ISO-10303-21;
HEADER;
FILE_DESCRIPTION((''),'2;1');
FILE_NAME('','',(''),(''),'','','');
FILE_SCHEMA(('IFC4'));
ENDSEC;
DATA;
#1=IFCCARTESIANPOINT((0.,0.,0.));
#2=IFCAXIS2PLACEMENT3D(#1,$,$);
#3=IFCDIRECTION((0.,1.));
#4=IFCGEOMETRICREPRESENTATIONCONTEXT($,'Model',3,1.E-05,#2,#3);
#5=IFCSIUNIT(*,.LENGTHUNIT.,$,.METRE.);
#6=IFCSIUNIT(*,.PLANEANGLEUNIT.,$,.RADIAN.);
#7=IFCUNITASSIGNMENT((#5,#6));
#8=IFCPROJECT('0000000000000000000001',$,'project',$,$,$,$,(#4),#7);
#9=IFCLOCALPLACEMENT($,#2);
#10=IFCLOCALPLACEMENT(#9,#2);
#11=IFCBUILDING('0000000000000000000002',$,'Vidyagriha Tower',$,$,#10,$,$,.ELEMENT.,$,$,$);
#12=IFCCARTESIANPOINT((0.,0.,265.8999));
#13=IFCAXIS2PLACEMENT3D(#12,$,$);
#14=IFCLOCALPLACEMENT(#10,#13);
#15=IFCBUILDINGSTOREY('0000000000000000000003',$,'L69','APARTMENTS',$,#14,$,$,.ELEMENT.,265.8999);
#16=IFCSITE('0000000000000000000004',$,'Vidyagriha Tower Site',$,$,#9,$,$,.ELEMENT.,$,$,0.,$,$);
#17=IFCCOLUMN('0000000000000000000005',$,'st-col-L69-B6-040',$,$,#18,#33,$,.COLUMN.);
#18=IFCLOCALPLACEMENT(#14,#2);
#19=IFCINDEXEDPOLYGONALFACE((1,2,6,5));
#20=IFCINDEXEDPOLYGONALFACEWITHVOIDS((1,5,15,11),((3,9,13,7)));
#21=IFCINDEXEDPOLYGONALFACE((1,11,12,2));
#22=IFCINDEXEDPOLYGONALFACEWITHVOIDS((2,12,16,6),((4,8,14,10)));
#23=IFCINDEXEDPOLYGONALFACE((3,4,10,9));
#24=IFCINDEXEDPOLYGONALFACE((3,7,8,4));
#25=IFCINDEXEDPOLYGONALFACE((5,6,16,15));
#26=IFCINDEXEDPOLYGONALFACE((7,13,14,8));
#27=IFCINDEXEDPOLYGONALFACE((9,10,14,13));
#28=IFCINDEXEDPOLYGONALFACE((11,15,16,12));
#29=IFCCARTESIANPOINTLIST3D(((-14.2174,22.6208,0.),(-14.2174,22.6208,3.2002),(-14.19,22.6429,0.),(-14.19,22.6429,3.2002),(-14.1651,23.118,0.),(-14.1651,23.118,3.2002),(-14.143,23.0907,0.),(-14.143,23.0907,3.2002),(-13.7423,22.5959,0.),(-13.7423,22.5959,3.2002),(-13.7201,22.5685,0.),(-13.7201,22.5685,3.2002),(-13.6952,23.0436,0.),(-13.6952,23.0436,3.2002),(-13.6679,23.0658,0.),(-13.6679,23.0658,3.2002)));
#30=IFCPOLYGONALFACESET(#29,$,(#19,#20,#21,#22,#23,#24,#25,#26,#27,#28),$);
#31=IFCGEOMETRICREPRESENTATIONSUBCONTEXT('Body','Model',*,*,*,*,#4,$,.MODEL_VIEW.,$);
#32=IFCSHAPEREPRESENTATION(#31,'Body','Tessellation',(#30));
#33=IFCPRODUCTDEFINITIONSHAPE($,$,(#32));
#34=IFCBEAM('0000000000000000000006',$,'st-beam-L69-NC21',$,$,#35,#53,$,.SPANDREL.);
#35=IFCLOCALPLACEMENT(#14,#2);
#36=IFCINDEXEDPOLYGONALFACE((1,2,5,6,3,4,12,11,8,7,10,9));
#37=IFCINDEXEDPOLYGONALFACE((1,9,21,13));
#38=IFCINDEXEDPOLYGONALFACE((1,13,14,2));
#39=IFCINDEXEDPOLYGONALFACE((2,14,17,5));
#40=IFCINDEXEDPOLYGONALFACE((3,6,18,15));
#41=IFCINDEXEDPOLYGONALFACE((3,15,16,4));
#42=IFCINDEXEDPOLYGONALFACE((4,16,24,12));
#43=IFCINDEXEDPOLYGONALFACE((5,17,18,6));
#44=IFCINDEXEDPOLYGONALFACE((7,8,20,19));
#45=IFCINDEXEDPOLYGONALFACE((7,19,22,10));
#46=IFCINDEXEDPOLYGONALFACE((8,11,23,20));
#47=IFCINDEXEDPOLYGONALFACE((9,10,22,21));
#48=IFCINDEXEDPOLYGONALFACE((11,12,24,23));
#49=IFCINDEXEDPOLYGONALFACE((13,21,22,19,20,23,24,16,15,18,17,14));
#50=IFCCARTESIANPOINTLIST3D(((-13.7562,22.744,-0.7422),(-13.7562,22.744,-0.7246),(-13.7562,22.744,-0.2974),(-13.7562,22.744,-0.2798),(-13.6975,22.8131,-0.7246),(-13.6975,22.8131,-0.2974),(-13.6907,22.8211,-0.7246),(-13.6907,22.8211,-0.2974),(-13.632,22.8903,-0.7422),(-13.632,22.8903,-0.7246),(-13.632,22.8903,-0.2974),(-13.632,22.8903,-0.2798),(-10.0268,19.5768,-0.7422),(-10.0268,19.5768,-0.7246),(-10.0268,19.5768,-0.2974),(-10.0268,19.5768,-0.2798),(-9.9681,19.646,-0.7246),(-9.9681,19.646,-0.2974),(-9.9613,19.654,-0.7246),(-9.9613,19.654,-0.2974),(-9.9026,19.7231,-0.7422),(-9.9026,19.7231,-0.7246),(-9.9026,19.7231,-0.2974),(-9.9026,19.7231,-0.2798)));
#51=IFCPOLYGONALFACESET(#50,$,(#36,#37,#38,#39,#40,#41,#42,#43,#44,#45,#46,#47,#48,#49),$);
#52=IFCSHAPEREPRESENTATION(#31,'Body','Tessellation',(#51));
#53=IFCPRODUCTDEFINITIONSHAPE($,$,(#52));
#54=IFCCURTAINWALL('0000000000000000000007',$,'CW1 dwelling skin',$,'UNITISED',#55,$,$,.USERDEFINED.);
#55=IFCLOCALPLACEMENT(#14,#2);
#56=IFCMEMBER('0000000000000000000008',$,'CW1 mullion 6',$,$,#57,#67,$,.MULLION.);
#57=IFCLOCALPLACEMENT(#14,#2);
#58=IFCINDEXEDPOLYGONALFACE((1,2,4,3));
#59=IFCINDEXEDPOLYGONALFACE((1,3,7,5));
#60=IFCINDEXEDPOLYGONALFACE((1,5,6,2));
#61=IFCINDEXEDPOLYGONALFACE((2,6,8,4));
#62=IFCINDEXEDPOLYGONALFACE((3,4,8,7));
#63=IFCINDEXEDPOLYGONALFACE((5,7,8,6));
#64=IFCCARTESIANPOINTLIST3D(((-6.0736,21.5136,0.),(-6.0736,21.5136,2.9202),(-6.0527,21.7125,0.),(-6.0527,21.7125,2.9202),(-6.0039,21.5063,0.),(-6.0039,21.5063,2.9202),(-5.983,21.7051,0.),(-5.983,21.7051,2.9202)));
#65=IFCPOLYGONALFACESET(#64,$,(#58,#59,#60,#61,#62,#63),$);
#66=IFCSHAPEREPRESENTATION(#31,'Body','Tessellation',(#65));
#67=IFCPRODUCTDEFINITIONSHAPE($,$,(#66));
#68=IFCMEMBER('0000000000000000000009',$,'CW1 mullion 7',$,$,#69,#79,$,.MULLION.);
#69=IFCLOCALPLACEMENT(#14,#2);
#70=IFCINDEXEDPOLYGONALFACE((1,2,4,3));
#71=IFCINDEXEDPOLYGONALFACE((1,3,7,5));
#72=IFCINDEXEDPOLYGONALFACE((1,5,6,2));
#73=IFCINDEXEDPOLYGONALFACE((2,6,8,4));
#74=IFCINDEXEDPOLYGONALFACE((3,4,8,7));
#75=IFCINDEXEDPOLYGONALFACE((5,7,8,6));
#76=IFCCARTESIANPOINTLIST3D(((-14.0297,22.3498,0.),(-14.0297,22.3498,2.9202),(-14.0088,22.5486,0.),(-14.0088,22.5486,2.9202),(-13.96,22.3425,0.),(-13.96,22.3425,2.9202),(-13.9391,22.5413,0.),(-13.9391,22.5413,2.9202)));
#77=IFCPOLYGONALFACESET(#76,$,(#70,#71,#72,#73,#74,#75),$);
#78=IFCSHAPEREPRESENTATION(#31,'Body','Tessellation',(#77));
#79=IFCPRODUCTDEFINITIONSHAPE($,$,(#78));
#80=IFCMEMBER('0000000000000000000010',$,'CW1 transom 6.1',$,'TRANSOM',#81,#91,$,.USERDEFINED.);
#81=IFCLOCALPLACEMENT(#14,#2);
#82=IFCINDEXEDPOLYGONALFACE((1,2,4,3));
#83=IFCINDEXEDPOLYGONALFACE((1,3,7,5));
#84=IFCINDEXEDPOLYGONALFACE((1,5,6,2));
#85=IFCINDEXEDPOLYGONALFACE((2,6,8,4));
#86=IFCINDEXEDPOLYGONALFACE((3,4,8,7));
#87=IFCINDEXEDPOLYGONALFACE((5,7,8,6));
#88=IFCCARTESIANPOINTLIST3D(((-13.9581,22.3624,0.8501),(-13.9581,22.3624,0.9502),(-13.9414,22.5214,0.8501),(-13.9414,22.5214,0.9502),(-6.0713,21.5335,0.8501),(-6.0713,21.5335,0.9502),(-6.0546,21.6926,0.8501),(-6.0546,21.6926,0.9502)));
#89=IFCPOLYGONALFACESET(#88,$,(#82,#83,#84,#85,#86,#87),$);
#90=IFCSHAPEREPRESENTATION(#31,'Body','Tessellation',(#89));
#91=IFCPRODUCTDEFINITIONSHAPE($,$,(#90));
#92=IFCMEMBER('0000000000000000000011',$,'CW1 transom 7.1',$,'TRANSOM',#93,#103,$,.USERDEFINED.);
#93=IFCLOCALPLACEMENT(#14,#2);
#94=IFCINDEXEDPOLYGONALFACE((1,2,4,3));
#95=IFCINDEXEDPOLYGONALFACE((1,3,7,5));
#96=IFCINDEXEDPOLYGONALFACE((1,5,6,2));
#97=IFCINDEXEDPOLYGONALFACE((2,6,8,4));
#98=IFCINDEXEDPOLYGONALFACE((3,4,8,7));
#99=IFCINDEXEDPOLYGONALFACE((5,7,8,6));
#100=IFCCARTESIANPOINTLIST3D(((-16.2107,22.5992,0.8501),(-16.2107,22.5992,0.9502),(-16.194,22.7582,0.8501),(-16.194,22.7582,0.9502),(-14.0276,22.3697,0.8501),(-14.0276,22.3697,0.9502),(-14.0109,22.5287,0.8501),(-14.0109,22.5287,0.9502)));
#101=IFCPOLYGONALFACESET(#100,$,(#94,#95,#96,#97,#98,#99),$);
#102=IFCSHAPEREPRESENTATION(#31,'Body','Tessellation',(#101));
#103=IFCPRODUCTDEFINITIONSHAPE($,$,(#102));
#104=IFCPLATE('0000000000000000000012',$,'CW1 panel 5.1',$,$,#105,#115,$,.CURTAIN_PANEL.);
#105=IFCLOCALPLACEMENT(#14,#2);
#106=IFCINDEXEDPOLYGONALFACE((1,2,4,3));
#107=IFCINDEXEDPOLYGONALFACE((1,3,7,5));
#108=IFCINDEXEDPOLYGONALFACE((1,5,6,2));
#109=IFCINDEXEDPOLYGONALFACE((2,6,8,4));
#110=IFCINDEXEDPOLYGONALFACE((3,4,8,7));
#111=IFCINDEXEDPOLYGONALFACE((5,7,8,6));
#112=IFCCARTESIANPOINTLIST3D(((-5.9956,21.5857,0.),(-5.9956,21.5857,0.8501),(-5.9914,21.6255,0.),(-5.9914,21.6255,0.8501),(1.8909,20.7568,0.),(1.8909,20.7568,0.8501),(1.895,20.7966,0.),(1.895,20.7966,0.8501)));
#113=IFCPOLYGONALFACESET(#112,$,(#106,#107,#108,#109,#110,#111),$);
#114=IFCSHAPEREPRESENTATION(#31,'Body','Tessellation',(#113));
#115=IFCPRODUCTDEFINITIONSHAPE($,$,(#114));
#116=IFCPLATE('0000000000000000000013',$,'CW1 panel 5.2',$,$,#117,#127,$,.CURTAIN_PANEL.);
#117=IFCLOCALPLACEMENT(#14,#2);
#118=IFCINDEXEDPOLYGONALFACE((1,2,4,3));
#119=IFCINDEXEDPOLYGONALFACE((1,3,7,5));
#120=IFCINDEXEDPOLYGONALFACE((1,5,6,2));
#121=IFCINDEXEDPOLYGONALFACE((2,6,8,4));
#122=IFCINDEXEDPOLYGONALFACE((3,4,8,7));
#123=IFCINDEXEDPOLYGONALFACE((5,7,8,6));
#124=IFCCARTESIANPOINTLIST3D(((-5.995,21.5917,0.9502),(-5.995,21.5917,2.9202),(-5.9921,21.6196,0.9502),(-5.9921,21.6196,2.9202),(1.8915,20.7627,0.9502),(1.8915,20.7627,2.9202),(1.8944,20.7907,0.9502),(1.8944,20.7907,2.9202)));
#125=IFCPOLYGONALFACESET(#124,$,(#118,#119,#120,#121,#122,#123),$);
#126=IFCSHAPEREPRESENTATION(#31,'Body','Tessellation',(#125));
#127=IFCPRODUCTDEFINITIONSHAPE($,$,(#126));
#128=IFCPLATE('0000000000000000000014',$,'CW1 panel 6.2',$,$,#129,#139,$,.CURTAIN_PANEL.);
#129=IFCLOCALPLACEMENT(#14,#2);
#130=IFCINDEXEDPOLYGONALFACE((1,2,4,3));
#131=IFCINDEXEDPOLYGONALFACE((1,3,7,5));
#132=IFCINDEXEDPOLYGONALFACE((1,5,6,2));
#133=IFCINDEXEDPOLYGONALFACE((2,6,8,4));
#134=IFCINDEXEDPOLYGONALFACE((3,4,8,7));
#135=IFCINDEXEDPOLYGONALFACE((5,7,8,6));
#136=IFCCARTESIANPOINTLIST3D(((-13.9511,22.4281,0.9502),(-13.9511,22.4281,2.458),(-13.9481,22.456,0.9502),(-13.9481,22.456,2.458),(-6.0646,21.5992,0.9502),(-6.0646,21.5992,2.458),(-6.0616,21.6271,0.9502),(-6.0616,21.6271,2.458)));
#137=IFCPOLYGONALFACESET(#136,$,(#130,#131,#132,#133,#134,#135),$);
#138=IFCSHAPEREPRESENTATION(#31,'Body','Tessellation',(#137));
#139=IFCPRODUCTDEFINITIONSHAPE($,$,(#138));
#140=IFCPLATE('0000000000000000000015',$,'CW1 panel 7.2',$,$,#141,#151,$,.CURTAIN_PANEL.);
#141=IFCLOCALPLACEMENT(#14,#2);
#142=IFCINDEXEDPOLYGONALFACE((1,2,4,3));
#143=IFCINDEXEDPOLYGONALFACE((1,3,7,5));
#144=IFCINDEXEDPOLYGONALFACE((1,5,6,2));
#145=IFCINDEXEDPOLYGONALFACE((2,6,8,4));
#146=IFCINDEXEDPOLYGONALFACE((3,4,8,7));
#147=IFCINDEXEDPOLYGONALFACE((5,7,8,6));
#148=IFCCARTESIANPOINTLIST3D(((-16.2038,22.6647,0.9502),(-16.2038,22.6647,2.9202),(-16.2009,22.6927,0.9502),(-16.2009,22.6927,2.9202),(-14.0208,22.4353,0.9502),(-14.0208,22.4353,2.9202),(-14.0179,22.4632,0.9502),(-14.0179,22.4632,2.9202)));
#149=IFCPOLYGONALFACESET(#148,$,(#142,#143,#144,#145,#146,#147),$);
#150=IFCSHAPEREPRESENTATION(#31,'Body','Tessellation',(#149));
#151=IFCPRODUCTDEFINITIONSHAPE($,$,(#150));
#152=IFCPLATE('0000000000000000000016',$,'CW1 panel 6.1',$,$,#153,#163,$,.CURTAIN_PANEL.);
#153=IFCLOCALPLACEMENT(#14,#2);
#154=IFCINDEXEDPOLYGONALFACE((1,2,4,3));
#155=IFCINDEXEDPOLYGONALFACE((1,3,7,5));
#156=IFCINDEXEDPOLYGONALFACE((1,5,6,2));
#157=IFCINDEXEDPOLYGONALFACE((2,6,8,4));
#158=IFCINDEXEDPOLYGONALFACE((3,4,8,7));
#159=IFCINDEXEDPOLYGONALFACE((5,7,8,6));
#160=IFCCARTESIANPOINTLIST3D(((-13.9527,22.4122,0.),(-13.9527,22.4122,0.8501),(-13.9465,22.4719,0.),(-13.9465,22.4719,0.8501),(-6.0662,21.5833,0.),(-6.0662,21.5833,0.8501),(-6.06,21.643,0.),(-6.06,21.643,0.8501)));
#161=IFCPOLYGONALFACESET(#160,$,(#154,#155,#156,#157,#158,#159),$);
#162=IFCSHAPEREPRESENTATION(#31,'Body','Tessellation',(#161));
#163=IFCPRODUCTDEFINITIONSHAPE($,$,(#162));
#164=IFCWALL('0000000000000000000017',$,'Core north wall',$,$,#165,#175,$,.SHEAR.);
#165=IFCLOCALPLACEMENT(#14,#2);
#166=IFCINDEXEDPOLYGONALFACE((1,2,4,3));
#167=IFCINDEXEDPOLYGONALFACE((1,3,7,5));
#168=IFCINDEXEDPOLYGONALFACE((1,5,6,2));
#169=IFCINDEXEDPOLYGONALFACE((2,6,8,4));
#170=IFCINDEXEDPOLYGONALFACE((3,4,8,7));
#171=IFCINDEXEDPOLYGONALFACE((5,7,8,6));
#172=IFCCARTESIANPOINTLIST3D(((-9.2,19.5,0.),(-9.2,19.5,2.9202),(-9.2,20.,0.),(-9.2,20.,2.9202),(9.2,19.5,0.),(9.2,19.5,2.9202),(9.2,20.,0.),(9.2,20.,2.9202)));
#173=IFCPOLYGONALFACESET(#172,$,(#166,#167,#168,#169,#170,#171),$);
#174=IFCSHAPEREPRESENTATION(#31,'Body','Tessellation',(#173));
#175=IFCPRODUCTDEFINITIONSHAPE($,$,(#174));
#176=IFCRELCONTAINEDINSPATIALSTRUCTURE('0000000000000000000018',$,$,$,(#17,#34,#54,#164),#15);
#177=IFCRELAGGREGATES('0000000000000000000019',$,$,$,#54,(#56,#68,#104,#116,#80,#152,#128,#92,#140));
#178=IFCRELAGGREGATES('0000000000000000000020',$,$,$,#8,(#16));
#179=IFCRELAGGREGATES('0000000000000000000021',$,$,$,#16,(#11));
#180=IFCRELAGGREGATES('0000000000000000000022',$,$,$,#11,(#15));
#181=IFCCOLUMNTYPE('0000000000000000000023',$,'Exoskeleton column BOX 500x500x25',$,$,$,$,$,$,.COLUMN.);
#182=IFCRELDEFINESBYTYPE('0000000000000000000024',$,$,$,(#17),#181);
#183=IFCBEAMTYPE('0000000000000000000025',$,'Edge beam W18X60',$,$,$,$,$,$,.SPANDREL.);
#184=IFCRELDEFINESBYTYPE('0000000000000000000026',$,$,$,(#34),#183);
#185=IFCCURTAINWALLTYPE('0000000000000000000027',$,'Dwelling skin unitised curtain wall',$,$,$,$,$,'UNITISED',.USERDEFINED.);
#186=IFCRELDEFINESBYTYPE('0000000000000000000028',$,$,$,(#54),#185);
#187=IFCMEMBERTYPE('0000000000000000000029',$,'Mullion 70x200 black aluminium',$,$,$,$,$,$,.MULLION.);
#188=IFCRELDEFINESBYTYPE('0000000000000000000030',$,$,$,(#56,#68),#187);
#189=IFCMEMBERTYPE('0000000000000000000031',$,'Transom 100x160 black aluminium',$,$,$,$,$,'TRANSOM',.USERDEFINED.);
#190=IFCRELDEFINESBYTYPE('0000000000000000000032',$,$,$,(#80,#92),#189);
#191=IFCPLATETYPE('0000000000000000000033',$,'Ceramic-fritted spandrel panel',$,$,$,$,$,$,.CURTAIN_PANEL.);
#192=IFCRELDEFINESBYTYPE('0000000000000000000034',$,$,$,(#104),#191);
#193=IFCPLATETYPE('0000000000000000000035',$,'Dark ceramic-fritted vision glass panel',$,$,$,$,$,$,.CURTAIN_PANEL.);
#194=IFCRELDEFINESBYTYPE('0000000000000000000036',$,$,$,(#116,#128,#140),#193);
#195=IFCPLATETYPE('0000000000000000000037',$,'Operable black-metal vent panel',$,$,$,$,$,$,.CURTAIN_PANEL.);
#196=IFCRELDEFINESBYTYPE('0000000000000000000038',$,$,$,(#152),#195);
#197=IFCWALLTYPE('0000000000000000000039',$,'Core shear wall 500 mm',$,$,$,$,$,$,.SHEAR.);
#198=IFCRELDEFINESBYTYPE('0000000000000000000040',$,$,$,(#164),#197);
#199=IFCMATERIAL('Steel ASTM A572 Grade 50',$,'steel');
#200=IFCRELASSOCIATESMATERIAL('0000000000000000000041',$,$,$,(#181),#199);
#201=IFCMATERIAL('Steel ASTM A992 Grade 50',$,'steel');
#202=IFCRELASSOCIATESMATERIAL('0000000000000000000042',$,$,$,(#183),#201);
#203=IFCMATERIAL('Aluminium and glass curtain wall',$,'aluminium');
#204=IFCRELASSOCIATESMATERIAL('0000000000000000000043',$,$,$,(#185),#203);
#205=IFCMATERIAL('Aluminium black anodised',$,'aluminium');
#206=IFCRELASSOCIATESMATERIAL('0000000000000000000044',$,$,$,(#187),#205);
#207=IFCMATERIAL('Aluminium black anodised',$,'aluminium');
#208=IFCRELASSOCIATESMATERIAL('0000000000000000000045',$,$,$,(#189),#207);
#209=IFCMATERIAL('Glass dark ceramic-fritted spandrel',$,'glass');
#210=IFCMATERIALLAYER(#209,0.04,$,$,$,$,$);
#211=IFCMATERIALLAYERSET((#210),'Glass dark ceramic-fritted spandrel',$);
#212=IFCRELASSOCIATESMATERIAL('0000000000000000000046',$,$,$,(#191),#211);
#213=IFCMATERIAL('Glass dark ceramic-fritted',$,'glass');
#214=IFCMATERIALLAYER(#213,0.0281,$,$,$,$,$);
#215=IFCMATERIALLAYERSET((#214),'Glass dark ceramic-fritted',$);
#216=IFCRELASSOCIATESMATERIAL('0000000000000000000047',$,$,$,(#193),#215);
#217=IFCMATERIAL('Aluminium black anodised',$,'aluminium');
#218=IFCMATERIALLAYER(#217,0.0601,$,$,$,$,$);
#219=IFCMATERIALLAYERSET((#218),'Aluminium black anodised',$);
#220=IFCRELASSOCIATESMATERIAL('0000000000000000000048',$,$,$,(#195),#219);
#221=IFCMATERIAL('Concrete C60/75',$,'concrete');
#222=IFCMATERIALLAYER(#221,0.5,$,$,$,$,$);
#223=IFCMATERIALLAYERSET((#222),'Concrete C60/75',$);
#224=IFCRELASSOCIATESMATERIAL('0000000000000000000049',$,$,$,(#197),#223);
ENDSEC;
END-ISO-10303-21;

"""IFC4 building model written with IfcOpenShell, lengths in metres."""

from ifc_helpers import new_model, si_unit, direction, frame, frame_2d, origin, origin_2d, place, context, subcontext, project, spatial, rectangle, hollow_rectangle, i_section, extrude, material, layer, layer_set, material_profile, profile_set, type_object, element, aggregate, save


model = new_model("IFC4")

# Units and contexts
model_context = context("Model", 3, precision=1e-05, world=origin(), true_north=direction((0.0, 1.0)))
body_context = subcontext(model_context, "Body", "Model", "MODEL_VIEW")
ifc_project = project(units=[si_unit("LENGTHUNIT", "METRE"), si_unit("PLANEANGLEUNIT", "RADIAN")], contexts=[model_context])

# Site, building, storey
site_placement = place(None, origin())
site = spatial("IfcSite", under=ifc_project, at=site_placement, Name="Vidyagriha Tower Site", CompositionType="ELEMENT", RefElevation=0.0)
building_placement = place(site_placement, origin())
building = spatial("IfcBuilding", under=site, at=building_placement, Name="Vidyagriha Tower", CompositionType="ELEMENT")
storey_placement = place(building_placement, frame((0.0, 0.0, 265.8999)))
storey = spatial("IfcBuildingStorey", under=building, at=storey_placement, Name="L69", Description="APARTMENTS", CompositionType="ELEMENT", Elevation=265.8999)

# Column
ifc_material_1 = material(Name="Steel ASTM A572 Grade 50", Category="steel")
ifc_material_profile_1 = material_profile(ifc_material_1, hollow_rectangle(XDim=0.5, YDim=0.5, WallThickness=0.0249, at=origin_2d()), Name="BOX 500x500x25")
ifc_profile_set_1 = profile_set([ifc_material_profile_1], Name="Steel ASTM A572 Grade 50")
column_type = type_object("IfcColumnType", Name="Exoskeleton column BOX 500x500x25", PredefinedType="COLUMN", material=ifc_profile_set_1)
column_placement = place(storey_placement, frame((-13.9426, 22.8433, 0.0), z_axis=(0.0, 0.0, 1.0), x_axis=(0.994522, -0.104528, 0.0)))
element("IfcColumn", 1, at=column_placement, inside=storey, type_object=column_type, Name="st-col-L69-B6-040", PredefinedType="COLUMN", context=body_context, shape_type="SweptSolid", body=[
    extrude(hollow_rectangle(XDim=0.5, YDim=0.5, WallThickness=0.0249, at=origin_2d()), origin(), (0.0, 0.0, 1.0), 3.2002),
])

# Beam
ifc_material_2 = material(Name="Steel ASTM A992 Grade 50", Category="steel")
ifc_material_profile_2 = material_profile(ifc_material_2, i_section(OverallWidth=0.1919, OverallDepth=0.4624, WebThickness=0.0105, FlangeThickness=0.0176, at=origin_2d()), Name="W18X60")
ifc_profile_set_2 = profile_set([ifc_material_profile_2], Name="Steel ASTM A992 Grade 50")
beam_type = type_object("IfcBeamType", Name="Edge beam W18X60", PredefinedType="SPANDREL", material=ifc_profile_set_2)
beam_placement = place(storey_placement, frame((-13.6941, 22.8171, -0.511), z_axis=(0.762225, -0.647312, 0.0), x_axis=(0.647312, 0.762225, 0.0)))
element("IfcBeam", 2, at=beam_placement, inside=storey, type_object=beam_type, Name="st-beam-L69-NC21", PredefinedType="SPANDREL", context=body_context, shape_type="SweptSolid", body=[
    extrude(i_section(OverallWidth=0.1919, OverallDepth=0.4624, WebThickness=0.0105, FlangeThickness=0.0176, at=origin_2d()), origin(), (0.0, 0.0, 1.0), 4.8928),
])

# Curtain wall, members, plates
ifc_material_3 = material(Name="Aluminium and glass curtain wall", Category="aluminium")
curtain_wall_type = type_object("IfcCurtainWallType", Name="Dwelling skin unitised curtain wall", ElementType="UNITISED", PredefinedType="USERDEFINED", material=ifc_material_3)
curtain_wall_placement = place(storey_placement, origin())
curtain_wall = element("IfcCurtainWall", 3, at=curtain_wall_placement, inside=storey, type_object=curtain_wall_type, Name="CW1 dwelling skin", ObjectType="UNITISED", PredefinedType="USERDEFINED")
ifc_material_4 = material(Name="Aluminium black anodised", Category="aluminium")
ifc_material_profile_3 = material_profile(ifc_material_4, rectangle(XDim=0.2, YDim=0.0701, at=origin_2d()), Name="Mullion 70x200 black aluminium")
ifc_profile_set_3 = profile_set([ifc_material_profile_3], Name="Aluminium black anodised")
member_type_1 = type_object("IfcMemberType", Name="Mullion 70x200 black aluminium", PredefinedType="MULLION", material=ifc_profile_set_3)
member_1_placement = place(storey_placement, frame((-6.0283, 21.6094, 0.0), z_axis=(0.0, 0.0, 1.0), x_axis=(-0.104529, -0.994522, 0.0)))
member_1 = element("IfcMember", 4, at=member_1_placement, type_object=member_type_1, Name="CW1 mullion 6", PredefinedType="MULLION", context=body_context, shape_type="SweptSolid", body=[
    extrude(rectangle(XDim=0.2, YDim=0.0701, at=origin_2d()), origin(), (0.0, 0.0, 1.0), 2.9202),
])
member_2_placement = place(storey_placement, frame((-13.9844, 22.4456, 0.0), z_axis=(0.0, 0.0, 1.0), x_axis=(-0.104529, -0.994522, 0.0)))
member_2 = element("IfcMember", 5, at=member_2_placement, type_object=member_type_1, Name="CW1 mullion 7", PredefinedType="MULLION", context=body_context, shape_type="SweptSolid", body=[
    extrude(rectangle(XDim=0.2, YDim=0.0701, at=origin_2d()), origin(), (0.0, 0.0, 1.0), 2.9202),
])
ifc_material_5 = material(Name="Aluminium black anodised", Category="aluminium")
ifc_material_profile_4 = material_profile(ifc_material_5, rectangle(XDim=0.1599, YDim=0.1001, at=origin_2d()), Name="Transom 100x160 black aluminium")
ifc_profile_set_4 = profile_set([ifc_material_profile_4], Name="Aluminium black anodised")
member_type_2 = type_object("IfcMemberType", Name="Transom 100x160 black aluminium", ElementType="TRANSOM", PredefinedType="USERDEFINED", material=ifc_profile_set_4)
member_3_placement = place(storey_placement, frame((-6.063, 21.613, 0.9001), z_axis=(-0.994523, 0.10452, 0.0), x_axis=(-0.10452, -0.994523, 0.0)))
member_3 = element("IfcMember", 6, at=member_3_placement, type_object=member_type_2, Name="CW1 transom 6.1", ObjectType="TRANSOM", PredefinedType="USERDEFINED", context=body_context, shape_type="SweptSolid", body=[
    extrude(rectangle(XDim=0.1599, YDim=0.1001, at=origin_2d()), origin(), (0.0, 0.0, 1.0), 7.9302),
])
member_4_placement = place(storey_placement, frame((-14.0193, 22.4492, 0.9001), z_axis=(-0.99452, 0.104546, 0.0), x_axis=(-0.104546, -0.99452, 0.0)))
member_4 = element("IfcMember", 7, at=member_4_placement, type_object=member_type_2, Name="CW1 transom 7.1", ObjectType="TRANSOM", PredefinedType="USERDEFINED", context=body_context, shape_type="SweptSolid", body=[
    extrude(rectangle(XDim=0.1599, YDim=0.1001, at=origin_2d()), origin(), (0.0, 0.0, 1.0), 2.1951),
])
ifc_material_6 = material(Name="Glass dark ceramic-fritted spandrel", Category="glass")
ifc_layer_1 = layer(ifc_material_6, 0.04)
ifc_layer_set_1 = layer_set([ifc_layer_1], Name="Glass dark ceramic-fritted spandrel")
plate_type_1 = type_object("IfcPlateType", Name="Ceramic-fritted spandrel panel", PredefinedType="CURTAIN_PANEL", material=ifc_layer_set_1)
plate_1_placement = place(storey_placement, frame((-2.0503, 21.1912, 0.0), z_axis=(0.0, 0.0, 1.0), x_axis=(-0.994522, 0.104529, 0.0)))
plate_1 = element("IfcPlate", 8, at=plate_1_placement, type_object=plate_type_1, Name="CW1 panel 5.1", PredefinedType="CURTAIN_PANEL", context=body_context, shape_type="SweptSolid", body=[
    extrude(rectangle(XDim=7.9299, YDim=0.04, at=origin_2d()), origin(), (0.0, 0.0, 1.0), 0.8501),
])
ifc_material_7 = material(Name="Glass dark ceramic-fritted", Category="glass")
ifc_layer_2 = layer(ifc_material_7, 0.0281)
ifc_layer_set_2 = layer_set([ifc_layer_2], Name="Glass dark ceramic-fritted")
plate_type_2 = type_object("IfcPlateType", Name="Dark ceramic-fritted vision glass panel", PredefinedType="CURTAIN_PANEL", material=ifc_layer_set_2)
plate_2_placement = place(storey_placement, frame((-2.0503, 21.1912, 0.9502), z_axis=(0.0, 0.0, 1.0), x_axis=(-0.994522, 0.104529, 0.0)))
plate_2 = element("IfcPlate", 9, at=plate_2_placement, type_object=plate_type_2, Name="CW1 panel 5.2", PredefinedType="CURTAIN_PANEL", context=body_context, shape_type="SweptSolid", body=[
    extrude(rectangle(XDim=7.9299, YDim=0.0281, at=origin_2d()), origin(), (0.0, 0.0, 1.0), 1.97),
])
plate_3_placement = place(storey_placement, frame((-10.0063, 22.0276, 0.9502), z_axis=(0.0, 0.0, 1.0), x_axis=(-0.994522, 0.104529, 0.0)))
plate_3 = element("IfcPlate", 10, at=plate_3_placement, type_object=plate_type_2, Name="CW1 panel 6.2", PredefinedType="CURTAIN_PANEL", context=body_context, shape_type="SweptSolid", body=[
    extrude(rectangle(XDim=7.9299, YDim=0.0281, at=origin_2d()), origin(), (0.0, 0.0, 1.0), 1.5078),
])
plate_4_placement = place(storey_placement, frame((-15.1108, 22.564, 0.9502), z_axis=(0.0, 0.0, 1.0), x_axis=(-0.994522, 0.104529, 0.0)))
plate_4 = element("IfcPlate", 11, at=plate_4_placement, type_object=plate_type_2, Name="CW1 panel 7.2", PredefinedType="CURTAIN_PANEL", context=body_context, shape_type="SweptSolid", body=[
    extrude(rectangle(XDim=2.1951, YDim=0.0281, at=origin_2d()), origin(), (0.0, 0.0, 1.0), 1.97),
])
ifc_material_8 = material(Name="Aluminium black anodised", Category="aluminium")
ifc_layer_3 = layer(ifc_material_8, 0.0601)
ifc_layer_set_3 = layer_set([ifc_layer_3], Name="Aluminium black anodised")
plate_type_3 = type_object("IfcPlateType", Name="Operable black-metal vent panel", PredefinedType="CURTAIN_PANEL", material=ifc_layer_set_3)
plate_5_placement = place(storey_placement, frame((-10.0063, 22.0276, 0.0), z_axis=(0.0, 0.0, 1.0), x_axis=(-0.994522, 0.104529, 0.0)))
plate_5 = element("IfcPlate", 12, at=plate_5_placement, type_object=plate_type_3, Name="CW1 panel 6.1", PredefinedType="CURTAIN_PANEL", context=body_context, shape_type="SweptSolid", body=[
    extrude(rectangle(XDim=7.9299, YDim=0.0601, at=origin_2d()), origin(), (0.0, 0.0, 1.0), 0.8501),
])
aggregate(curtain_wall, [member_1, member_2, plate_1, plate_2, member_3, plate_5, plate_3, member_4, plate_4])

# Wall
ifc_material_9 = material(Name="Concrete C60/75", Category="concrete")
ifc_layer_4 = layer(ifc_material_9, 0.5)
ifc_layer_set_4 = layer_set([ifc_layer_4], Name="Concrete C60/75")
wall_type = type_object("IfcWallType", Name="Core shear wall 500 mm", PredefinedType="SHEAR", material=ifc_layer_set_4)
wall_placement = place(storey_placement, frame((-9.2, 19.75, 0.0)))
element("IfcWall", 13, at=wall_placement, inside=storey, type_object=wall_type, Name="Core north wall", PredefinedType="SHEAR", context=body_context, shape_type="SweptSolid", body=[
    extrude(rectangle(XDim=18.3999, YDim=0.5, at=frame_2d((9.2, 0.0))), origin(), (0.0, 0.0, 1.0), 2.9202),
])

save(model, "model.ifc")
